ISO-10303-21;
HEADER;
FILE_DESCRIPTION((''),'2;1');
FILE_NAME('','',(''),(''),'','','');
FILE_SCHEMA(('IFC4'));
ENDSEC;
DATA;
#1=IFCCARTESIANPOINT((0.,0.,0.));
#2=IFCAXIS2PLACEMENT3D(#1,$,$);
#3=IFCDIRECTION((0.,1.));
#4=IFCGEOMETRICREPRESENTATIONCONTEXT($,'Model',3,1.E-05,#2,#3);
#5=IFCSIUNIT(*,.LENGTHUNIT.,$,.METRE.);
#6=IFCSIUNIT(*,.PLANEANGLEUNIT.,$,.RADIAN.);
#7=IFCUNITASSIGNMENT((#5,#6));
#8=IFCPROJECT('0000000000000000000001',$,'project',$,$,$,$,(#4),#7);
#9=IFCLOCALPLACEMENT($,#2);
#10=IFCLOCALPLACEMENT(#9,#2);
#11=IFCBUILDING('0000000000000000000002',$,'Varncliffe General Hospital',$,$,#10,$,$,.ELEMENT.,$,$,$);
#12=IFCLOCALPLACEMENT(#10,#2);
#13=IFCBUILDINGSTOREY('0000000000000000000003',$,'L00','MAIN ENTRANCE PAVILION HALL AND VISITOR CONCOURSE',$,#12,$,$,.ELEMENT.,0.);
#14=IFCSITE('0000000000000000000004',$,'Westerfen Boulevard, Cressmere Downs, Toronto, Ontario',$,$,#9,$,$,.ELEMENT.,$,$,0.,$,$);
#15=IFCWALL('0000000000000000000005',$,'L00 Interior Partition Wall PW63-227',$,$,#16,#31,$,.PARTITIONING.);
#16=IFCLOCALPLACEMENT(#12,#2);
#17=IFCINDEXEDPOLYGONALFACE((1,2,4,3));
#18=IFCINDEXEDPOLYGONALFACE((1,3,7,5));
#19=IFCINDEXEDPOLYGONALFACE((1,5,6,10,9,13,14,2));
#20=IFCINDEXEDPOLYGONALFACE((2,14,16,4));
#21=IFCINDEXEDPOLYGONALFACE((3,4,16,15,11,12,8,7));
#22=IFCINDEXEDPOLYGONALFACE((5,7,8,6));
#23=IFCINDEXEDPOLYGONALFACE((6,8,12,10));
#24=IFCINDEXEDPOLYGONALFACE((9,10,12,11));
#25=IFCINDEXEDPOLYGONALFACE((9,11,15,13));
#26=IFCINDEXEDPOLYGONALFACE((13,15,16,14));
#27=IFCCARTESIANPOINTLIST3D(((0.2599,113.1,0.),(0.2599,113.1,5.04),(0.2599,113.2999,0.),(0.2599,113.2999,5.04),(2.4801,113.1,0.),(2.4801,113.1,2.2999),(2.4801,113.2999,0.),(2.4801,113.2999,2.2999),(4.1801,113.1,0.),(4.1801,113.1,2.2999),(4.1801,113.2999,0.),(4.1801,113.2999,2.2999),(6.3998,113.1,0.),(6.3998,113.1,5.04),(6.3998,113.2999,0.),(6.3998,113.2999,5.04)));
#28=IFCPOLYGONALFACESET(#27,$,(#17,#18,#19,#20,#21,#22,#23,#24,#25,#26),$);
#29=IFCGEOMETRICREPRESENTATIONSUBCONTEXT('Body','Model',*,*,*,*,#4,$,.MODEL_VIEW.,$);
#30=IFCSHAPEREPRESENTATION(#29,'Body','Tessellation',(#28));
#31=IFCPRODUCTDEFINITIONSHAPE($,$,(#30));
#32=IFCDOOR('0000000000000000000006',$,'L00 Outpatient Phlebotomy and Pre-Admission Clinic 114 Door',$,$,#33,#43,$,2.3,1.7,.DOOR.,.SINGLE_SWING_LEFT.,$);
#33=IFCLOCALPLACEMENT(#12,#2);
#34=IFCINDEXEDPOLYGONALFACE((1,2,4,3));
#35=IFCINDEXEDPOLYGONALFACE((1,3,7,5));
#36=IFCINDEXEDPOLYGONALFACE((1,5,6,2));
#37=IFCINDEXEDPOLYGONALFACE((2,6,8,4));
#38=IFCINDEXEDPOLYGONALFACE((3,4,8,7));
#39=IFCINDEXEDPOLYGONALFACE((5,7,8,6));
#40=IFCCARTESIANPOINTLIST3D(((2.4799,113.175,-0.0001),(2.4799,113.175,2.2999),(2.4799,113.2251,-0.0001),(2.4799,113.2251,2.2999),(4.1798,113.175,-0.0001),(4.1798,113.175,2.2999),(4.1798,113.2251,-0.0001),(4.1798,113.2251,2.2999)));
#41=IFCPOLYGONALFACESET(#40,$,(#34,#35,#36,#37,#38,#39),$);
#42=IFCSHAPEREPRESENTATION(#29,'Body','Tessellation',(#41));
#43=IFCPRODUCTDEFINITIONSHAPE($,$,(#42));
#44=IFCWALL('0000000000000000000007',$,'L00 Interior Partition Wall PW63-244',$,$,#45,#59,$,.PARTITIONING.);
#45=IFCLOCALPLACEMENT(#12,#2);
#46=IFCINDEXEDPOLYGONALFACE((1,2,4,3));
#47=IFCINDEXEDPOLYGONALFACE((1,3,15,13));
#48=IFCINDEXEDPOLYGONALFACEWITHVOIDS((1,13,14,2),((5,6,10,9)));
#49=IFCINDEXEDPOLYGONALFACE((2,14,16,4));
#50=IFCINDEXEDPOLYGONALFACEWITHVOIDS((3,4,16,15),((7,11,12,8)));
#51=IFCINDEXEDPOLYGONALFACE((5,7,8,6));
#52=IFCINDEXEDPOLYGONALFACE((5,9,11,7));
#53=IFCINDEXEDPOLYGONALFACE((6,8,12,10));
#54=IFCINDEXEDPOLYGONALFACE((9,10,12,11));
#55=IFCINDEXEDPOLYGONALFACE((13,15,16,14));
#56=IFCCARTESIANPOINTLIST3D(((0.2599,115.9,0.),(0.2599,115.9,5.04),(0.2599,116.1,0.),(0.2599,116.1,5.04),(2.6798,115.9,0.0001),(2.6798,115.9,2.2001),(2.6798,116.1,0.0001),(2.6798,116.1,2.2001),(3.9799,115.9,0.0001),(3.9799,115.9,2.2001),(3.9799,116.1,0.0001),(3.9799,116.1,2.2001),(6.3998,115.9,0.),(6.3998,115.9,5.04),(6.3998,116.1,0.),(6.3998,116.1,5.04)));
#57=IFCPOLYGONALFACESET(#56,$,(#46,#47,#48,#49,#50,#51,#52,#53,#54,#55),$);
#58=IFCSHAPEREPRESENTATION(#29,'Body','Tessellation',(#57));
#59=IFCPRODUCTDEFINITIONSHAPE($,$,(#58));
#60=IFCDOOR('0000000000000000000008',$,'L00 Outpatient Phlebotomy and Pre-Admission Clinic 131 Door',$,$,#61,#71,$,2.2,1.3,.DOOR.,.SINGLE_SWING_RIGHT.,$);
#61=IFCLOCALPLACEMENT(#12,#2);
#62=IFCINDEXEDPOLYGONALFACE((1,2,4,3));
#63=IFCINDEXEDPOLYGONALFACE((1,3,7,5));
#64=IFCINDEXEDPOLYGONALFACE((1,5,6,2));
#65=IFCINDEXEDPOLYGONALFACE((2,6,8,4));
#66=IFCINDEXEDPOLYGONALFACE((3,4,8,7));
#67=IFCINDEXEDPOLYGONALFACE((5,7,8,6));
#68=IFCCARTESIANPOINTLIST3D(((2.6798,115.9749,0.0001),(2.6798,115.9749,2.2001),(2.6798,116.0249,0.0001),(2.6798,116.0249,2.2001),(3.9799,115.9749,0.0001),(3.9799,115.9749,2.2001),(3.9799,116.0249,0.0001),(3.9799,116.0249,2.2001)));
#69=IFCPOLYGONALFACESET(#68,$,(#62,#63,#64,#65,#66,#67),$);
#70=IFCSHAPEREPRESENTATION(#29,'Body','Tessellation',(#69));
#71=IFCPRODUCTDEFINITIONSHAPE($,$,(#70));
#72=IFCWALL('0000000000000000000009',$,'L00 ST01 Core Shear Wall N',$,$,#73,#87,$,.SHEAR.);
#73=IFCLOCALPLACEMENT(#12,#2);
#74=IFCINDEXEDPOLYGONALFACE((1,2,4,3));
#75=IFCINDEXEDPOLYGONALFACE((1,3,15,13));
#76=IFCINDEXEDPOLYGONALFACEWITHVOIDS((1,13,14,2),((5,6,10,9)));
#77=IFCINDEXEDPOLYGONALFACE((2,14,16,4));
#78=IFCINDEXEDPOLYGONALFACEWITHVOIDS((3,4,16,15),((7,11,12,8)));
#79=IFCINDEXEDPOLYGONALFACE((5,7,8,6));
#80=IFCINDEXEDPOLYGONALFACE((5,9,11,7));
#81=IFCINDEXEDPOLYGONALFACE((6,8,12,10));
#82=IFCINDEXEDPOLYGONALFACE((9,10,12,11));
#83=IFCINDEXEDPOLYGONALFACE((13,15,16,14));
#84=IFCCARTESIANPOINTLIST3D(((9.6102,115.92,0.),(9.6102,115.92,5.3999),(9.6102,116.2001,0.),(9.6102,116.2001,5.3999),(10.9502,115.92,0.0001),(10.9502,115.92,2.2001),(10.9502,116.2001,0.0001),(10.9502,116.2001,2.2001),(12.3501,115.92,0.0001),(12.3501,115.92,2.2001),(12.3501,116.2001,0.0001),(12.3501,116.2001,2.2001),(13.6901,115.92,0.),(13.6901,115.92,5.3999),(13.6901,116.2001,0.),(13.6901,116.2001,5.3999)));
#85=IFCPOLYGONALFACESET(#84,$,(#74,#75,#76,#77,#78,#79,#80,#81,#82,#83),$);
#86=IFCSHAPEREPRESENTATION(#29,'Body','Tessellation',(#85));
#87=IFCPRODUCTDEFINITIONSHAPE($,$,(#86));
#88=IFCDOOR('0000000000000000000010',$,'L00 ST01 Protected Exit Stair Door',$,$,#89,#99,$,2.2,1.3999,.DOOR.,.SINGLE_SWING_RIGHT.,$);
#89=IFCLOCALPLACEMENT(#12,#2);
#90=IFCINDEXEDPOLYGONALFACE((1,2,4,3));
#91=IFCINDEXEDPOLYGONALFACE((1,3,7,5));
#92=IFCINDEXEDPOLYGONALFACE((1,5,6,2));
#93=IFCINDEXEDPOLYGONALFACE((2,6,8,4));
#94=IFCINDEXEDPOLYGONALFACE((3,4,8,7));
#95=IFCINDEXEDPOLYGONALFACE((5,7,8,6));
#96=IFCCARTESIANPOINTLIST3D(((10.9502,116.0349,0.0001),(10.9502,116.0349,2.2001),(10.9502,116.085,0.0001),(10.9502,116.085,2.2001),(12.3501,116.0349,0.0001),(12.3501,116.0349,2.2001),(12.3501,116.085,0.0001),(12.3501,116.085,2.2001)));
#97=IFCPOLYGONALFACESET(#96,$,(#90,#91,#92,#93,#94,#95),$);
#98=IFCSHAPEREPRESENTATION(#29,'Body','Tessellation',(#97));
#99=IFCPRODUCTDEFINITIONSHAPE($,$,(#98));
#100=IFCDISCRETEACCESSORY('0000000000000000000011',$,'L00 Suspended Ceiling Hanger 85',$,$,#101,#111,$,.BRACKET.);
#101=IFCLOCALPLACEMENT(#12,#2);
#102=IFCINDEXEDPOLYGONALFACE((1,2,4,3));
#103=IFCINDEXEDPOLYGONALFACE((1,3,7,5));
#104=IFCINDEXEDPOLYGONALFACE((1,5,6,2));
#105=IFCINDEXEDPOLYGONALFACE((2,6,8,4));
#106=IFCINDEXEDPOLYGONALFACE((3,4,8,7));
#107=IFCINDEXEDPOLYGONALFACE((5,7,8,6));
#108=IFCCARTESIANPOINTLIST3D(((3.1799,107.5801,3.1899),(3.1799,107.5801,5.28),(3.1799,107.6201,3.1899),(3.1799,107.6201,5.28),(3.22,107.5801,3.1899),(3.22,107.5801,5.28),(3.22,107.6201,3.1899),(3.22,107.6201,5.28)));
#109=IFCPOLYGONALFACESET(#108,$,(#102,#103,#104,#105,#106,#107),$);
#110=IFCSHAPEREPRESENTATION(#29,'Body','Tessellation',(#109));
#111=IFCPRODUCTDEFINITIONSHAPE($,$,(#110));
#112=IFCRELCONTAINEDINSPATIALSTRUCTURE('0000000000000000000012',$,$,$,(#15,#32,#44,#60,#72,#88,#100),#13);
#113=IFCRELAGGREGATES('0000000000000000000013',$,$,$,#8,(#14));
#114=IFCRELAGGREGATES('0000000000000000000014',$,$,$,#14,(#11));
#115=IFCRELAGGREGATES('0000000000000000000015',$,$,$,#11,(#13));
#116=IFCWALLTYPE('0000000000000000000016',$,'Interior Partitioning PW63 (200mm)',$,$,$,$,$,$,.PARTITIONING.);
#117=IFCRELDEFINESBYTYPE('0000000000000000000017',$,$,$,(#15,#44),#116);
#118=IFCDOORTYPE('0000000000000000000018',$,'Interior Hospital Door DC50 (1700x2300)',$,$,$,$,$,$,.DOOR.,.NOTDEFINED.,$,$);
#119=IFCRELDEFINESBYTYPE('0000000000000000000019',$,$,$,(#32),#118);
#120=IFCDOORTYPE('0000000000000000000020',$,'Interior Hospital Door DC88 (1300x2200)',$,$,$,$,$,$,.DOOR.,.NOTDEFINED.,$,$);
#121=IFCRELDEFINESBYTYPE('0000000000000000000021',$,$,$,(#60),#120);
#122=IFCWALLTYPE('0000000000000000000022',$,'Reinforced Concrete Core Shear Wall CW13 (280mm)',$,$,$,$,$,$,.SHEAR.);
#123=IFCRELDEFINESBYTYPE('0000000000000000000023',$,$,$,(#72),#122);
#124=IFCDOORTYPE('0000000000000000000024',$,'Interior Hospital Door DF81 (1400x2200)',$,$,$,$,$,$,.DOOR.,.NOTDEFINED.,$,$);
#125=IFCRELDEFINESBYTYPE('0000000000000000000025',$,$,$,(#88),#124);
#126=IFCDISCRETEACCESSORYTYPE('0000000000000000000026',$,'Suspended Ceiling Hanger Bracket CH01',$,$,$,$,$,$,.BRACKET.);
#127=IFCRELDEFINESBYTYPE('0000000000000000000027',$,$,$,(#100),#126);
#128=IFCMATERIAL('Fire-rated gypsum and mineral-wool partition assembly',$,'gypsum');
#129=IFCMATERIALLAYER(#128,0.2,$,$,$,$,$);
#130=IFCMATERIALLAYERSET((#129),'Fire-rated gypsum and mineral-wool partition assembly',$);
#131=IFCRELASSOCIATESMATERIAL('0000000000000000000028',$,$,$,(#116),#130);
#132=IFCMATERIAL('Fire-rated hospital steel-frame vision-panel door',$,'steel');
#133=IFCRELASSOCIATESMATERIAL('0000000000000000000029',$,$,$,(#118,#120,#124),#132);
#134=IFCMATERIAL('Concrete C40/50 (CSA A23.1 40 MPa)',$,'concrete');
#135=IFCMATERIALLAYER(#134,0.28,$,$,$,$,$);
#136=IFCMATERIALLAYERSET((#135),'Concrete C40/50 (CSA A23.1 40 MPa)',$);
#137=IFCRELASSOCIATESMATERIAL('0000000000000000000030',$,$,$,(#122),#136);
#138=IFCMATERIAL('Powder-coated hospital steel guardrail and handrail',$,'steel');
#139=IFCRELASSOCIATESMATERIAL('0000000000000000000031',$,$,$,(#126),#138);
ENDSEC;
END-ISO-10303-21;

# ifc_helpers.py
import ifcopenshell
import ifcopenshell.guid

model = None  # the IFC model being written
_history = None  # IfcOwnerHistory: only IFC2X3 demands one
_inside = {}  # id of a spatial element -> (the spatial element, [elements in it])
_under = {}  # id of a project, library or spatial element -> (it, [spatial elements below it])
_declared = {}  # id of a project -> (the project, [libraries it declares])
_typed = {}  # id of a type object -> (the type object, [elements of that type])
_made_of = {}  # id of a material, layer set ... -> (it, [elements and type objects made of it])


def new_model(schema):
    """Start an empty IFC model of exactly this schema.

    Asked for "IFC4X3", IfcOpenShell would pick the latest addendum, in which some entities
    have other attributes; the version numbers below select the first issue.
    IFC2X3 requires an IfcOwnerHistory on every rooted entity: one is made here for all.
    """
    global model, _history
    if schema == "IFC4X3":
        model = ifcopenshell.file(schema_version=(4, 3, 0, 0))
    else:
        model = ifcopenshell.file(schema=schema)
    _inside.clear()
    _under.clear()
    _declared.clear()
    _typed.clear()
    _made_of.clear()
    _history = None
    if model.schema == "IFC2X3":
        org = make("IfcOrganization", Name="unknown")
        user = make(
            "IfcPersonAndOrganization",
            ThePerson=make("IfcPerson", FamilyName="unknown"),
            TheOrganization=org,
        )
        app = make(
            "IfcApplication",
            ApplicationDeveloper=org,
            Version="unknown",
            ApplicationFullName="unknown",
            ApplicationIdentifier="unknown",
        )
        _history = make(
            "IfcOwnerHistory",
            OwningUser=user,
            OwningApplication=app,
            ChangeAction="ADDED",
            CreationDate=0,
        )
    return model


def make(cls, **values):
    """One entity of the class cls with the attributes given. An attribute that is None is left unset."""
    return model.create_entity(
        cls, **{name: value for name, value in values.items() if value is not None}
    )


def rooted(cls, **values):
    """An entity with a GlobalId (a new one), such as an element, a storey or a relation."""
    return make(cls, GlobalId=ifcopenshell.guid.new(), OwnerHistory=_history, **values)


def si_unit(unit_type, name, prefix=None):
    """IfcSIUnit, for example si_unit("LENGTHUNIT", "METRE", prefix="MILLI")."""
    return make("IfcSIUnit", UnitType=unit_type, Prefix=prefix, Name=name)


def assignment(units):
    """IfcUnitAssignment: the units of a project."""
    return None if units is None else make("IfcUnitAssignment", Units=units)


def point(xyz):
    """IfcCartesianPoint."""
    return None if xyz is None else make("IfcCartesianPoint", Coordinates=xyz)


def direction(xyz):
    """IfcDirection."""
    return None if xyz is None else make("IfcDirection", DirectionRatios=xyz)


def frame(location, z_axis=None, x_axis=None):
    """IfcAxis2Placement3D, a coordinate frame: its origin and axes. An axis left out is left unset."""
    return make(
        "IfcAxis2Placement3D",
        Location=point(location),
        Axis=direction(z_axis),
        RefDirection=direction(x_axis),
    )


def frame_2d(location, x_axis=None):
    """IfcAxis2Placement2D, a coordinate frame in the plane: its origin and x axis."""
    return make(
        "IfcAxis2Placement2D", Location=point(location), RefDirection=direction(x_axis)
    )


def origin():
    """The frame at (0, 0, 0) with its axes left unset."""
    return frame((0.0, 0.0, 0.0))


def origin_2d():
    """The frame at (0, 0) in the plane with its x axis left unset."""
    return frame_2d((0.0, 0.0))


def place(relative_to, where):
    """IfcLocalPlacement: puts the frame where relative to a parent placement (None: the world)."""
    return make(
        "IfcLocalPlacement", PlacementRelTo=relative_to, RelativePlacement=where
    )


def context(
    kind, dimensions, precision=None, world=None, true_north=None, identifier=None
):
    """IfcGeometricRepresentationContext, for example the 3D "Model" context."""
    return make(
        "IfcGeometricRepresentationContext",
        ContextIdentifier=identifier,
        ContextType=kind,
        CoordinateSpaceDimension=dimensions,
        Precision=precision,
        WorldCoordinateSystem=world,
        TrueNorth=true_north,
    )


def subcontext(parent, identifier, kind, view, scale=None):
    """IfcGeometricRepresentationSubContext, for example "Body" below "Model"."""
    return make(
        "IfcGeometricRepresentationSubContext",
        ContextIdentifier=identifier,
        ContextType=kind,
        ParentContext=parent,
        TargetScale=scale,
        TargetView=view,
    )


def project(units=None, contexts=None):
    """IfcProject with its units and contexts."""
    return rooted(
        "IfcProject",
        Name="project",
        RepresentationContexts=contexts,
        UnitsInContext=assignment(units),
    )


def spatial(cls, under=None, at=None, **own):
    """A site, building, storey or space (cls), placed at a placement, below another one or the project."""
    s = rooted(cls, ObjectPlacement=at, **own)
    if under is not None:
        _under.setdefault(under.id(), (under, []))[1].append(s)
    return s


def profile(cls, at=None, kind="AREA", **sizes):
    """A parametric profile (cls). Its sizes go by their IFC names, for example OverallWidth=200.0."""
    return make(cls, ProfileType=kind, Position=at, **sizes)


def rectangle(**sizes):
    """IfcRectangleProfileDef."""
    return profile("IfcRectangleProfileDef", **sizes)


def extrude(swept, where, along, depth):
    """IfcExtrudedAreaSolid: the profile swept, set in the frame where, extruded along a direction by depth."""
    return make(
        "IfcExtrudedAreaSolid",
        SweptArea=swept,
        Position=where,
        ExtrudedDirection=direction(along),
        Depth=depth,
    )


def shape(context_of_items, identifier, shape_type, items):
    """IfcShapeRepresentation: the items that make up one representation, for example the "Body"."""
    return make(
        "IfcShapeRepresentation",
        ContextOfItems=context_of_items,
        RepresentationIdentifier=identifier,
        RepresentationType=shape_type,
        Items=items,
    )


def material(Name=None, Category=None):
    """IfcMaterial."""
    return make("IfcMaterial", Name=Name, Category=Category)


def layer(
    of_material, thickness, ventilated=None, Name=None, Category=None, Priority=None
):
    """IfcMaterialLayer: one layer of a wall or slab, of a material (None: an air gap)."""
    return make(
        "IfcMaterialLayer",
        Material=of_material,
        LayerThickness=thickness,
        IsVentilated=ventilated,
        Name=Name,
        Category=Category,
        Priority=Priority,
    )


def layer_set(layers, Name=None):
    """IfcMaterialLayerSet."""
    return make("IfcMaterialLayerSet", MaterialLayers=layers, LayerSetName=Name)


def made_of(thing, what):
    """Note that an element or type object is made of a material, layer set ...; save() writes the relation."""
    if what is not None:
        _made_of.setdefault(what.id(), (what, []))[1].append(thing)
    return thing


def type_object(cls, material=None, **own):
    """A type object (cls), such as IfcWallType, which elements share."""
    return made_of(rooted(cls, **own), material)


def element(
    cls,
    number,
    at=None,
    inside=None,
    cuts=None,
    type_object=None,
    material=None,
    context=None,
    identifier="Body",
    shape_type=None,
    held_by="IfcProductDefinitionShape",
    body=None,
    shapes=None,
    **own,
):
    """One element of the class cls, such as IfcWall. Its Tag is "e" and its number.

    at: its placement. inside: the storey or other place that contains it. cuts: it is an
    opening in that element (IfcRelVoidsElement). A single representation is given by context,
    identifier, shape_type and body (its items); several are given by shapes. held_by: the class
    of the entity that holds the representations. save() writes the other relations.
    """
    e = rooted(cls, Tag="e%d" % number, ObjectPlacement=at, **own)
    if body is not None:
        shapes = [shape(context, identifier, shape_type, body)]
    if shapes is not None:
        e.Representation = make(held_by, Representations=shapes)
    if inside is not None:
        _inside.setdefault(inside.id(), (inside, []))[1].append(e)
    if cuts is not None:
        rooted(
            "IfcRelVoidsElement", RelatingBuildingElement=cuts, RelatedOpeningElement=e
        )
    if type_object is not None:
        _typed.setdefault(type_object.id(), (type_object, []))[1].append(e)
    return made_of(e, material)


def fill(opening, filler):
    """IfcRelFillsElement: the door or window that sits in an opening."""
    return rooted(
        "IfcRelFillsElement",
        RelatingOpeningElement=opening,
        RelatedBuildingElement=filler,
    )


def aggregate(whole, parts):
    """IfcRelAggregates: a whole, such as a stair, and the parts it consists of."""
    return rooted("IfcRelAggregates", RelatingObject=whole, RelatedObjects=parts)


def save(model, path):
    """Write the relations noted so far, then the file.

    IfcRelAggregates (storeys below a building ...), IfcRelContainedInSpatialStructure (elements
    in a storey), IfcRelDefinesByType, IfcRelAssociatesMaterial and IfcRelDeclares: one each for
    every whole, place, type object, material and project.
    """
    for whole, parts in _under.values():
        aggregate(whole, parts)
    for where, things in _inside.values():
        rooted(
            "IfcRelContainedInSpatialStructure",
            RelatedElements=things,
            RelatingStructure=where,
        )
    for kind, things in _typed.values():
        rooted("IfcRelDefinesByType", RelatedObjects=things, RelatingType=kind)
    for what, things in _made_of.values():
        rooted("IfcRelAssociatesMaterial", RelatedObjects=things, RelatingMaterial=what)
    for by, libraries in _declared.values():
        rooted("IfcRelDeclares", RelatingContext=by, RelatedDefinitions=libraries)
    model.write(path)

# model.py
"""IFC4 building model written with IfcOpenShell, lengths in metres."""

from ifc_helpers import new_model, si_unit, direction, frame, frame_2d, origin, origin_2d, place, context, subcontext, project, spatial, rectangle, extrude, material, layer, layer_set, type_object, element, fill, save


model = new_model("IFC4")

# Units and contexts
model_context = context("Model", 3, precision=1e-05, world=origin(), true_north=direction((0.0, 1.0)))
body_context = subcontext(model_context, "Body", "Model", "MODEL_VIEW")
ifc_project = project(units=[si_unit("LENGTHUNIT", "METRE"), si_unit("PLANEANGLEUNIT", "RADIAN")], contexts=[model_context])

# Site, building, storey
site_placement = place(None, origin())
site = spatial("IfcSite", under=ifc_project, at=site_placement, Name="Westerfen Boulevard, Cressmere Downs, Toronto, Ontario", CompositionType="ELEMENT", RefElevation=0.0)
building_placement = place(site_placement, origin())
building = spatial("IfcBuilding", under=site, at=building_placement, Name="Varncliffe General Hospital", CompositionType="ELEMENT")
storey_placement = place(building_placement, origin())
storey = spatial("IfcBuildingStorey", under=building, at=storey_placement, Name="L00", Description="MAIN ENTRANCE PAVILION HALL AND VISITOR CONCOURSE", CompositionType="ELEMENT", Elevation=0.0)

# Shared definitions
ifc_material_1 = material(Name="Concrete C40/50 (CSA A23.1 40 MPa)", Category="concrete")

# Walls, openings, doors
ifc_material_2 = material(Name="Fire-rated gypsum and mineral-wool partition assembly", Category="gypsum")
ifc_material_3 = material(Name="Fire-rated hospital steel-frame vision-panel door", Category="steel")
ifc_layer_1 = layer(ifc_material_2, 0.2)
ifc_layer_set_1 = layer_set([ifc_layer_1], Name="Fire-rated gypsum and mineral-wool partition assembly")
wall_type_1 = type_object("IfcWallType", Name="Interior Partitioning PW63 (200mm)", PredefinedType="PARTITIONING", material=ifc_layer_set_1)
wall_1_placement = place(storey_placement, frame((0.26, 113.2, 0.0), z_axis=(0.0, 0.0, 1.0), x_axis=(1.0, 0.0, 0.0)))
wall_1 = element("IfcWall", 1, at=wall_1_placement, inside=storey, type_object=wall_type_1, Name="L00 Interior Partition Wall PW63-227", PredefinedType="PARTITIONING", context=body_context, shape_type="SweptSolid", body=[
    extrude(rectangle(XDim=6.1399, YDim=0.2, at=frame_2d((3.0698, 0.0))), origin(), (0.0, 0.0, 1.0), 5.04),
])
opening_1_placement = place(wall_1_placement, frame((2.22, 0.0, 0.0)))
opening_1 = element("IfcOpeningElement", 2, at=opening_1_placement, cuts=wall_1, PredefinedType="OPENING", context=body_context, shape_type="SweptSolid", body=[
    extrude(rectangle(XDim=1.7, YDim=2.3, at=frame_2d((0.8501, 1.1499))), frame((0.0, 0.1099, 0.0), z_axis=(0.0, -1.0, 0.0), x_axis=(1.0, 0.0, 0.0)), (0.0, 0.0, 1.0), 0.22),
])
door_type_1 = type_object("IfcDoorType", Name="Interior Hospital Door DC50 (1700x2300)", OperationType="NOTDEFINED", PredefinedType="DOOR", material=ifc_material_3)
door_1_placement = place(opening_1_placement, frame((1.7, 0.0, 0.0), z_axis=(0.0, 0.0, 1.0), x_axis=(-1.0, 0.0, 0.0)))
door_1 = element("IfcDoor", 3, at=door_1_placement, inside=storey, type_object=door_type_1, Name="L00 Outpatient Phlebotomy and Pre-Admission Clinic 114 Door", OperationType="SINGLE_SWING_LEFT", OverallHeight=2.3, OverallWidth=1.7, PredefinedType="DOOR", context=body_context, shape_type="SweptSolid", body=[
    extrude(rectangle(XDim=1.7, YDim=2.3, at=frame_2d((0.8501, 1.1499))), frame((0.0, 0.0249, 0.0), z_axis=(0.0, -1.0, 0.0), x_axis=(1.0, 0.0, 0.0)), (0.0, 0.0, 1.0), 0.05),
])
fill(opening_1, door_1)
wall_2_placement = place(storey_placement, frame((0.26, 116.0, 0.0), z_axis=(0.0, 0.0, 1.0), x_axis=(1.0, 0.0, 0.0)))
wall_2 = element("IfcWall", 4, at=wall_2_placement, inside=storey, type_object=wall_type_1, Name="L00 Interior Partition Wall PW63-244", PredefinedType="PARTITIONING", context=body_context, shape_type="SweptSolid", body=[
    extrude(rectangle(XDim=6.1399, YDim=0.2, at=frame_2d((3.0698, 0.0))), origin(), (0.0, 0.0, 1.0), 5.04),
])
opening_2_placement = place(wall_2_placement, frame((2.4199, 0.0, 0.0)))
opening_2 = element("IfcOpeningElement", 5, at=opening_2_placement, cuts=wall_2, PredefinedType="OPENING", context=body_context, shape_type="SweptSolid", body=[
    extrude(rectangle(XDim=1.3, YDim=2.2, at=frame_2d((0.6499, 1.1001))), frame((0.0, 0.1099, 0.0), z_axis=(0.0, -1.0, 0.0), x_axis=(1.0, 0.0, 0.0)), (0.0, 0.0, 1.0), 0.22),
])
door_type_2 = type_object("IfcDoorType", Name="Interior Hospital Door DC88 (1300x2200)", OperationType="NOTDEFINED", PredefinedType="DOOR", material=ifc_material_3)
door_2_placement = place(opening_2_placement, origin())
door_2 = element("IfcDoor", 6, at=door_2_placement, inside=storey, type_object=door_type_2, Name="L00 Outpatient Phlebotomy and Pre-Admission Clinic 131 Door", OperationType="SINGLE_SWING_RIGHT", OverallHeight=2.2, OverallWidth=1.3, PredefinedType="DOOR", context=body_context, shape_type="SweptSolid", body=[
    extrude(rectangle(XDim=1.3, YDim=2.2, at=frame_2d((0.6499, 1.1001))), frame((0.0, 0.0249, 0.0), z_axis=(0.0, -1.0, 0.0), x_axis=(1.0, 0.0, 0.0)), (0.0, 0.0, 1.0), 0.05),
])
fill(opening_2, door_2)
ifc_layer_2 = layer(ifc_material_1, 0.28)
ifc_layer_set_2 = layer_set([ifc_layer_2], Name="Concrete C40/50 (CSA A23.1 40 MPa)")
wall_type_2 = type_object("IfcWallType", Name="Reinforced Concrete Core Shear Wall CW13 (280mm)", PredefinedType="SHEAR", material=ifc_layer_set_2)
wall_3_placement = place(storey_placement, frame((9.6101, 116.0601, 0.0), z_axis=(0.0, 0.0, 1.0), x_axis=(1.0, 0.0, 0.0)))
wall_3 = element("IfcWall", 7, at=wall_3_placement, inside=storey, type_object=wall_type_2, Name="L00 ST01 Core Shear Wall N", PredefinedType="SHEAR", context=body_context, shape_type="SweptSolid", body=[
    extrude(rectangle(XDim=4.0798, YDim=0.28, at=frame_2d((2.04, 0.0))), origin(), (0.0, 0.0, 1.0), 5.3999),
])
opening_3_placement = place(wall_3_placement, frame((1.3401, 0.0, 0.0)))
opening_3 = element("IfcOpeningElement", 8, at=opening_3_placement, cuts=wall_3, PredefinedType="OPENING", context=body_context, shape_type="SweptSolid", body=[
    extrude(rectangle(XDim=1.3999, YDim=2.2, at=frame_2d((0.7, 1.1001))), frame((0.0, 0.1499, 0.0), z_axis=(0.0, -1.0, 0.0), x_axis=(1.0, 0.0, 0.0)), (0.0, 0.0, 1.0), 0.3),
])
door_type_3 = type_object("IfcDoorType", Name="Interior Hospital Door DF81 (1400x2200)", OperationType="NOTDEFINED", PredefinedType="DOOR", material=ifc_material_3)
door_3_placement = place(opening_3_placement, origin())
door_3 = element("IfcDoor", 9, at=door_3_placement, inside=storey, type_object=door_type_3, Name="L00 ST01 Protected Exit Stair Door", OperationType="SINGLE_SWING_RIGHT", OverallHeight=2.2, OverallWidth=1.3999, PredefinedType="DOOR", context=body_context, shape_type="SweptSolid", body=[
    extrude(rectangle(XDim=1.3999, YDim=2.2, at=frame_2d((0.7, 1.1001))), frame((0.0, 0.0249, 0.0), z_axis=(0.0, -1.0, 0.0), x_axis=(1.0, 0.0, 0.0)), (0.0, 0.0, 1.0), 0.05),
])
fill(opening_3, door_3)

# Discrete accessory
ifc_material_4 = material(Name="Powder-coated hospital steel guardrail and handrail", Category="steel")
discrete_accessory_type = type_object("IfcDiscreteAccessoryType", Name="Suspended Ceiling Hanger Bracket CH01", PredefinedType="BRACKET", material=ifc_material_4)
discrete_accessory_placement = place(storey_placement, frame((3.2, 107.6001, 3.1899), z_axis=(0.0, 0.0, 1.0), x_axis=(1.0, 0.0, 0.0)))
element("IfcDiscreteAccessory", 10, at=discrete_accessory_placement, inside=storey, type_object=discrete_accessory_type, Name="L00 Suspended Ceiling Hanger 85", PredefinedType="BRACKET", context=body_context, shape_type="SweptSolid", body=[
    extrude(rectangle(XDim=0.04, YDim=0.04, at=origin_2d()), origin(), (0.0, 0.0, 1.0), 2.0901),
])

save(model, "model.ifc")
